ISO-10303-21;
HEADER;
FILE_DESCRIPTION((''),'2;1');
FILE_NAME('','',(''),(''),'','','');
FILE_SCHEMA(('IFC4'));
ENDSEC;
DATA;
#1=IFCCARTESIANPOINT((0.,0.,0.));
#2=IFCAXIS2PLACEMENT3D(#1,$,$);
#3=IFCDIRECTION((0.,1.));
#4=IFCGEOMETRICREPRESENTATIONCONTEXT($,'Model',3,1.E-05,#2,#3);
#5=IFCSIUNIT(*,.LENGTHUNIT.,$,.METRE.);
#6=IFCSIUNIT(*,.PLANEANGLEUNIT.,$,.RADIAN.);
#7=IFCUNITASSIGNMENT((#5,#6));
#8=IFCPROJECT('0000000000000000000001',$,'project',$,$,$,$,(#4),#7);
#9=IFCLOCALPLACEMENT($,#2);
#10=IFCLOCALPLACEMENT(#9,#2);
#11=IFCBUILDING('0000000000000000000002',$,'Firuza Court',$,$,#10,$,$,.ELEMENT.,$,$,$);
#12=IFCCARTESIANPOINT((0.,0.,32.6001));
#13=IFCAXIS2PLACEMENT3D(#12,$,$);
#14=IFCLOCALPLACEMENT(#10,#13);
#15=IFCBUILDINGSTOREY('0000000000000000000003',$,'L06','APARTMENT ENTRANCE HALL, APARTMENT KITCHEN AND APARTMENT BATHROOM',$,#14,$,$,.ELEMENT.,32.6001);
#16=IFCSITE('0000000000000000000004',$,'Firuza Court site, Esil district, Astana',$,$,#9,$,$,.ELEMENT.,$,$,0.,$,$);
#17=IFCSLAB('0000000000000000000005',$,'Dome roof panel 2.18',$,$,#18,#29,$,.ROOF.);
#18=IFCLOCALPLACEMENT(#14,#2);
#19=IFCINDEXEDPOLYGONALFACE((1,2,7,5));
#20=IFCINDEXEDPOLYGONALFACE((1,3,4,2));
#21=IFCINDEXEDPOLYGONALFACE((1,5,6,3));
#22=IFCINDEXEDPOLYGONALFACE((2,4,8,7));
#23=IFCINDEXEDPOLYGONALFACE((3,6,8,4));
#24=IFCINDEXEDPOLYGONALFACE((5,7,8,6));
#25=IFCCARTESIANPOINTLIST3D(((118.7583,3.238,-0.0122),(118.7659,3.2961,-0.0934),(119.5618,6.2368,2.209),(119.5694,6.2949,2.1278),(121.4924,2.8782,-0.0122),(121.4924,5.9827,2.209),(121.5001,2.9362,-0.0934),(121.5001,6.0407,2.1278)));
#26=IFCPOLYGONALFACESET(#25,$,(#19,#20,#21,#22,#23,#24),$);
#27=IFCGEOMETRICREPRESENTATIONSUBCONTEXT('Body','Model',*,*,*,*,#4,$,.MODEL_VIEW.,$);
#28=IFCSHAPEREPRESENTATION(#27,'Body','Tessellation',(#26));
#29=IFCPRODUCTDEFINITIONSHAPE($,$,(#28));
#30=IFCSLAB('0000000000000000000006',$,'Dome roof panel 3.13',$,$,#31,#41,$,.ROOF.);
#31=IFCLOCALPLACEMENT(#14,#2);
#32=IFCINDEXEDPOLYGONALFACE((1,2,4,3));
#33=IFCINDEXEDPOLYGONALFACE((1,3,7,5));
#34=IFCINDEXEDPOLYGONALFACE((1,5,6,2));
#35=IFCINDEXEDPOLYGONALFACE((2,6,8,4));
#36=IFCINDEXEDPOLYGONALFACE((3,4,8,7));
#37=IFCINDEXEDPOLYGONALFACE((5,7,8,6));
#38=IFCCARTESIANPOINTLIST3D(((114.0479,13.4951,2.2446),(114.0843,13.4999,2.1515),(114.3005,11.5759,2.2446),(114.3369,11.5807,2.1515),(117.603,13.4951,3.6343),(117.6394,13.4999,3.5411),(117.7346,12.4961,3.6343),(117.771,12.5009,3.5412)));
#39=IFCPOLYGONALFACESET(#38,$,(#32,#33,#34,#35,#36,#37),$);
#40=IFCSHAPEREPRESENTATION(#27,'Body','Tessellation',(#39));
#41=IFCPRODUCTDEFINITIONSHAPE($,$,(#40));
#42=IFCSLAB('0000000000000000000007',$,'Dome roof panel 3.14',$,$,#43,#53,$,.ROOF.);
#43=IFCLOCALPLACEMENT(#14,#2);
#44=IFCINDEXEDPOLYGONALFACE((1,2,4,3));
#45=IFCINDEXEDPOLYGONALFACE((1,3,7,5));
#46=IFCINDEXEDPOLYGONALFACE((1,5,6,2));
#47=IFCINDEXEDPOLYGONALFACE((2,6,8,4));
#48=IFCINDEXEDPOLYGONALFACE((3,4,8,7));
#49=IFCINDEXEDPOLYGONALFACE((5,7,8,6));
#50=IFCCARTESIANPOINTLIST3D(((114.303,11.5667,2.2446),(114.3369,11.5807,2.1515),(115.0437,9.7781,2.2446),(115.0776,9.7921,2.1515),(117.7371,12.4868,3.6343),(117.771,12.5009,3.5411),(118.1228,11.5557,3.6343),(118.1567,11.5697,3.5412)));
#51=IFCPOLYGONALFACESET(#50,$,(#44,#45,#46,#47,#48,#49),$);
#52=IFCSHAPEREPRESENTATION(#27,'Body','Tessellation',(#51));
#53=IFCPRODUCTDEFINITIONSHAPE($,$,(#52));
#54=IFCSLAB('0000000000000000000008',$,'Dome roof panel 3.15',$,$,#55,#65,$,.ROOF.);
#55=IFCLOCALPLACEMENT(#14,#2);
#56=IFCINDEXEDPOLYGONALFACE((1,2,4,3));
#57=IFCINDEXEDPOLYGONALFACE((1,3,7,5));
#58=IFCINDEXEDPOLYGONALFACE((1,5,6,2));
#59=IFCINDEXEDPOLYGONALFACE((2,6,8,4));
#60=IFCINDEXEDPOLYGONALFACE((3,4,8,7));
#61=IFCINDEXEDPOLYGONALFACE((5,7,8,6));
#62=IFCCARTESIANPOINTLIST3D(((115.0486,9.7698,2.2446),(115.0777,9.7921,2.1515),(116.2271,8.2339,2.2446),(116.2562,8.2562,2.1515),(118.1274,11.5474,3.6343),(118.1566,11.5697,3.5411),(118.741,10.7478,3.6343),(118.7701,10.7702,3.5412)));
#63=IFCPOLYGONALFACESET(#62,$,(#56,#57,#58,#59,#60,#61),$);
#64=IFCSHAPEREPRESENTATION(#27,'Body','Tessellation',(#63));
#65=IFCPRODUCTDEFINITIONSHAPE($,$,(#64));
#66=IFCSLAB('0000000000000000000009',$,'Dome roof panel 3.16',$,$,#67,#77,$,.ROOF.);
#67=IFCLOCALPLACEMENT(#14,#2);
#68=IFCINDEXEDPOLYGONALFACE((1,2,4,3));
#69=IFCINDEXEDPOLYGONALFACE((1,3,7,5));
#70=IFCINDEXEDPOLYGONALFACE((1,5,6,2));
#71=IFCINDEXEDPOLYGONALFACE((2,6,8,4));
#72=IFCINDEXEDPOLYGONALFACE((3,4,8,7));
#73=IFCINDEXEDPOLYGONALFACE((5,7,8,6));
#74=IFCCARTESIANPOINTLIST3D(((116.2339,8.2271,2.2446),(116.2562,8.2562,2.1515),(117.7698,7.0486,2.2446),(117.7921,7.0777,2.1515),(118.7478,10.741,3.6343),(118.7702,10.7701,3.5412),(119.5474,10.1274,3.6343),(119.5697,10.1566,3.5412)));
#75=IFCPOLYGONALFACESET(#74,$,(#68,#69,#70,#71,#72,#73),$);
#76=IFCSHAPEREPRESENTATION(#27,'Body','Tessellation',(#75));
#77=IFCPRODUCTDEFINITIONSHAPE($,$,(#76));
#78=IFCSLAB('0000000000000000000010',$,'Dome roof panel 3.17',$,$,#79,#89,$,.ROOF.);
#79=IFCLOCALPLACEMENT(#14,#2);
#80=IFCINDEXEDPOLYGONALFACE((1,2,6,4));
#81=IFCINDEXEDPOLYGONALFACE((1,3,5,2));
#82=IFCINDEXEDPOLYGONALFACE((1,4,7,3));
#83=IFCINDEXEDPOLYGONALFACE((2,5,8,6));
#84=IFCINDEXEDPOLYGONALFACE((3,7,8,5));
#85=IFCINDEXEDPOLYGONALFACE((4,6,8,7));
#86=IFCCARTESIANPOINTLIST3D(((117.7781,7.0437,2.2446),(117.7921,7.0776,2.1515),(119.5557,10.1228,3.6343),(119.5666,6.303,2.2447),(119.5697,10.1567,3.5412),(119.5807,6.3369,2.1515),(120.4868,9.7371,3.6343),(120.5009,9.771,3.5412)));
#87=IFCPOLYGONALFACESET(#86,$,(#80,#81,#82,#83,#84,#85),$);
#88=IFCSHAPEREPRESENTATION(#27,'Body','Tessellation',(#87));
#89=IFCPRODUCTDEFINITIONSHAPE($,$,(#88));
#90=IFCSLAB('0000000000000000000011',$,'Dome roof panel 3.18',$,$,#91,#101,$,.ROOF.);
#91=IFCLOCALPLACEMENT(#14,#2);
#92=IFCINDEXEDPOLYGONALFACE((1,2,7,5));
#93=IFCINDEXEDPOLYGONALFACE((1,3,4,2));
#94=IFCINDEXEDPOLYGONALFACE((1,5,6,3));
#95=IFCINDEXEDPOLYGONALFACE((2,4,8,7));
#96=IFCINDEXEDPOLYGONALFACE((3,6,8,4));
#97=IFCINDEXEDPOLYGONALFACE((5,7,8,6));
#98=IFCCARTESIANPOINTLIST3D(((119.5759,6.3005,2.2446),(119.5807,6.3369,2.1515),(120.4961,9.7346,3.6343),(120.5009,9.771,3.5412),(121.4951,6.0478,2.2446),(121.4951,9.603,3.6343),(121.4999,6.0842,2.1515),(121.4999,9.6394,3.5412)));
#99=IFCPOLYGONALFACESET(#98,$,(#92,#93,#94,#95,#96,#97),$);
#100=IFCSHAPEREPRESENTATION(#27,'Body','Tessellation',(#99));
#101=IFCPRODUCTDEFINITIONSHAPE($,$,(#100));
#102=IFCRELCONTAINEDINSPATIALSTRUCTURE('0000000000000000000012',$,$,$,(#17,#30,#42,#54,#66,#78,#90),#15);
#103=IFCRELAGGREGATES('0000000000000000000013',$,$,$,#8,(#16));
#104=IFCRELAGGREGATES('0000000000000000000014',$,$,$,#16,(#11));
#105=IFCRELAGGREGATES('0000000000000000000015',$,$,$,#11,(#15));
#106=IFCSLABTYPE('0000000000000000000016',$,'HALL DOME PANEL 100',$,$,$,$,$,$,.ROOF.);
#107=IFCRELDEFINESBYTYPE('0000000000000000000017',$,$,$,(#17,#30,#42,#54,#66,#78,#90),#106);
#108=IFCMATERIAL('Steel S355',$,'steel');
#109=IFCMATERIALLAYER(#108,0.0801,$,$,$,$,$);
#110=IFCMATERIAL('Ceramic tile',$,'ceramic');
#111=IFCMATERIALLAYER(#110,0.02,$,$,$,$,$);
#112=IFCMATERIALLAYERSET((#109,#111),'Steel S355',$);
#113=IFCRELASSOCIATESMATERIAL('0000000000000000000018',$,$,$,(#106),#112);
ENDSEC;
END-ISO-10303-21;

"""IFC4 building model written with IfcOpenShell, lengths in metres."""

from ifc_helpers import new_model, si_unit, direction, frame, origin, place, context, subcontext, project, spatial, polyline, outline, extrude, material, layer, layer_set, type_object, element, save


model = new_model("IFC4")

# Units and contexts
model_context = context("Model", 3, precision=1e-05, world=origin(), true_north=direction((0.0, 1.0)))
body_context = subcontext(model_context, "Body", "Model", "MODEL_VIEW")
ifc_project = project(units=[si_unit("LENGTHUNIT", "METRE"), si_unit("PLANEANGLEUNIT", "RADIAN")], contexts=[model_context])

# Site, building, storey
site_placement = place(None, origin())
site = spatial("IfcSite", under=ifc_project, at=site_placement, Name="Firuza Court site, Esil district, Astana", CompositionType="ELEMENT", RefElevation=0.0)
building_placement = place(site_placement, origin())
building = spatial("IfcBuilding", under=site, at=building_placement, Name="Firuza Court", CompositionType="ELEMENT")
storey_placement = place(building_placement, frame((0.0, 0.0, 32.6001)))
storey = spatial("IfcBuildingStorey", under=building, at=storey_placement, Name="L06", Description="APARTMENT ENTRANCE HALL, APARTMENT KITCHEN AND APARTMENT BATHROOM", CompositionType="ELEMENT", Elevation=32.6001)

# Slabs
ifc_material_1 = material(Name="Steel S355", Category="steel")
ifc_layer_1 = layer(ifc_material_1, 0.0801)
ifc_material_2 = material(Name="Ceramic tile", Category="ceramic")
ifc_layer_2 = layer(ifc_material_2, 0.02)
ifc_layer_set = layer_set([ifc_layer_1, ifc_layer_2], Name="Steel S355")
slab_type = type_object("IfcSlabType", Name="HALL DOME PANEL 100", PredefinedType="ROOF", material=ifc_layer_set)
slab_1_placement = place(storey_placement, frame((118.7583, 3.238, -0.0122), z_axis=(-0.076367, -0.580177, 0.810902), x_axis=(0.210479, 0.78557, 0.581875)))
element("IfcSlab", 1, at=slab_1_placement, inside=storey, type_object=slab_type, Name="Dome roof panel 2.18", PredefinedType="ROOF", context=body_context, shape_type="SweptSolid", body=[
    extrude(outline(polyline([(0.0, 0.0), (3.8173, 0.0), (4.024, -1.9363), (0.2928, -2.7421), (0.0, 0.0)])), origin(), (0.0, 0.0, -1.0), 0.1001),
])
slab_2_placement = place(storey_placement, frame((114.0479, 13.4951, 2.2446), z_axis=(-0.363636, -0.047884, 0.93031), x_axis=(0.931378, 0.0, 0.364054)))
element("IfcSlab", 2, at=slab_2_placement, inside=storey, type_object=slab_type, Name="Dome roof panel 3.13", PredefinedType="ROOF", context=body_context, shape_type="SweptSolid", body=[
    extrude(outline(polyline([(0.0, 0.0), (3.8171, 0.0), (3.9397, -1.0002), (0.2353, -1.9214), (0.0, 0.0)])), origin(), (0.0, 0.0, -1.0), 0.1001),
])
slab_3_placement = place(storey_placement, frame((114.303, 11.5667, 2.2446), z_axis=(-0.338851, -0.140346, 0.930313), x_axis=(0.899644, 0.241061, 0.364046)))
element("IfcSlab", 3, at=slab_3_placement, inside=storey, type_object=slab_type, Name="Dome roof panel 3.14", PredefinedType="ROOF", context=body_context, shape_type="SweptSolid", body=[
    extrude(outline(polyline([(0.0, 0.0), (3.8172, 0.0), (3.9397, -1.0004), (0.2352, -1.9215), (0.0, 0.0)])), origin(), (0.0, 0.0, -1.0), 0.1001),
])
slab_4_placement = place(storey_placement, frame((115.0486, 9.7698, 2.2446), z_axis=(-0.290987, -0.223274, 0.930309), x_axis=(0.806595, 0.46569, 0.364056)))
element("IfcSlab", 4, at=slab_4_placement, inside=storey, type_object=slab_type, Name="Dome roof panel 3.15", PredefinedType="ROOF", context=body_context, shape_type="SweptSolid", body=[
    extrude(outline(polyline([(0.0, 0.0), (3.8171, 0.0), (3.9396, -1.0003), (0.2353, -1.9216), (0.0, 0.0)])), origin(), (0.0, 0.0, -1.0), 0.1001),
])
slab_5_placement = place(storey_placement, frame((116.2339, 8.2271, 2.2446), z_axis=(-0.223274, -0.290987, 0.930309), x_axis=(0.658583, 0.658583, 0.364055)))
element("IfcSlab", 5, at=slab_5_placement, inside=storey, type_object=slab_type, Name="Dome roof panel 3.16", PredefinedType="ROOF", context=body_context, shape_type="SweptSolid", body=[
    extrude(outline(polyline([(0.0, 0.0), (3.8172, 0.0), (3.9397, -1.0003), (0.2354, -1.9215), (0.0, 0.0)])), origin(), (0.0, 0.0, -1.0), 0.1001),
])
slab_6_placement = place(storey_placement, frame((117.7781, 7.0437, 2.2446), z_axis=(-0.140346, -0.338851, 0.930313), x_axis=(0.465665, 0.806615, 0.364045)))
element("IfcSlab", 6, at=slab_6_placement, inside=storey, type_object=slab_type, Name="Dome roof panel 3.17", PredefinedType="ROOF", context=body_context, shape_type="SweptSolid", body=[
    extrude(outline(polyline([(0.0, 0.0), (3.8173, 0.0), (3.9398, -1.0004), (0.2354, -1.9215), (0.0, 0.0)])), origin(), (0.0, 0.0, -1.0), 0.1001),
])
slab_7_placement = place(storey_placement, frame((119.5759, 6.3005, 2.2446), z_axis=(-0.047884, -0.363636, 0.93031), x_axis=(0.24106, 0.899641, 0.364056)))
element("IfcSlab", 7, at=slab_7_placement, inside=storey, type_object=slab_type, Name="Dome roof panel 3.18", PredefinedType="ROOF", context=body_context, shape_type="SweptSolid", body=[
    extrude(outline(polyline([(0.0, 0.0), (3.8172, 0.0), (3.9396, -1.0002), (0.2353, -1.9214), (0.0, 0.0)])), origin(), (0.0, 0.0, -1.0), 0.1001),
])

save(model, "model.ifc")
